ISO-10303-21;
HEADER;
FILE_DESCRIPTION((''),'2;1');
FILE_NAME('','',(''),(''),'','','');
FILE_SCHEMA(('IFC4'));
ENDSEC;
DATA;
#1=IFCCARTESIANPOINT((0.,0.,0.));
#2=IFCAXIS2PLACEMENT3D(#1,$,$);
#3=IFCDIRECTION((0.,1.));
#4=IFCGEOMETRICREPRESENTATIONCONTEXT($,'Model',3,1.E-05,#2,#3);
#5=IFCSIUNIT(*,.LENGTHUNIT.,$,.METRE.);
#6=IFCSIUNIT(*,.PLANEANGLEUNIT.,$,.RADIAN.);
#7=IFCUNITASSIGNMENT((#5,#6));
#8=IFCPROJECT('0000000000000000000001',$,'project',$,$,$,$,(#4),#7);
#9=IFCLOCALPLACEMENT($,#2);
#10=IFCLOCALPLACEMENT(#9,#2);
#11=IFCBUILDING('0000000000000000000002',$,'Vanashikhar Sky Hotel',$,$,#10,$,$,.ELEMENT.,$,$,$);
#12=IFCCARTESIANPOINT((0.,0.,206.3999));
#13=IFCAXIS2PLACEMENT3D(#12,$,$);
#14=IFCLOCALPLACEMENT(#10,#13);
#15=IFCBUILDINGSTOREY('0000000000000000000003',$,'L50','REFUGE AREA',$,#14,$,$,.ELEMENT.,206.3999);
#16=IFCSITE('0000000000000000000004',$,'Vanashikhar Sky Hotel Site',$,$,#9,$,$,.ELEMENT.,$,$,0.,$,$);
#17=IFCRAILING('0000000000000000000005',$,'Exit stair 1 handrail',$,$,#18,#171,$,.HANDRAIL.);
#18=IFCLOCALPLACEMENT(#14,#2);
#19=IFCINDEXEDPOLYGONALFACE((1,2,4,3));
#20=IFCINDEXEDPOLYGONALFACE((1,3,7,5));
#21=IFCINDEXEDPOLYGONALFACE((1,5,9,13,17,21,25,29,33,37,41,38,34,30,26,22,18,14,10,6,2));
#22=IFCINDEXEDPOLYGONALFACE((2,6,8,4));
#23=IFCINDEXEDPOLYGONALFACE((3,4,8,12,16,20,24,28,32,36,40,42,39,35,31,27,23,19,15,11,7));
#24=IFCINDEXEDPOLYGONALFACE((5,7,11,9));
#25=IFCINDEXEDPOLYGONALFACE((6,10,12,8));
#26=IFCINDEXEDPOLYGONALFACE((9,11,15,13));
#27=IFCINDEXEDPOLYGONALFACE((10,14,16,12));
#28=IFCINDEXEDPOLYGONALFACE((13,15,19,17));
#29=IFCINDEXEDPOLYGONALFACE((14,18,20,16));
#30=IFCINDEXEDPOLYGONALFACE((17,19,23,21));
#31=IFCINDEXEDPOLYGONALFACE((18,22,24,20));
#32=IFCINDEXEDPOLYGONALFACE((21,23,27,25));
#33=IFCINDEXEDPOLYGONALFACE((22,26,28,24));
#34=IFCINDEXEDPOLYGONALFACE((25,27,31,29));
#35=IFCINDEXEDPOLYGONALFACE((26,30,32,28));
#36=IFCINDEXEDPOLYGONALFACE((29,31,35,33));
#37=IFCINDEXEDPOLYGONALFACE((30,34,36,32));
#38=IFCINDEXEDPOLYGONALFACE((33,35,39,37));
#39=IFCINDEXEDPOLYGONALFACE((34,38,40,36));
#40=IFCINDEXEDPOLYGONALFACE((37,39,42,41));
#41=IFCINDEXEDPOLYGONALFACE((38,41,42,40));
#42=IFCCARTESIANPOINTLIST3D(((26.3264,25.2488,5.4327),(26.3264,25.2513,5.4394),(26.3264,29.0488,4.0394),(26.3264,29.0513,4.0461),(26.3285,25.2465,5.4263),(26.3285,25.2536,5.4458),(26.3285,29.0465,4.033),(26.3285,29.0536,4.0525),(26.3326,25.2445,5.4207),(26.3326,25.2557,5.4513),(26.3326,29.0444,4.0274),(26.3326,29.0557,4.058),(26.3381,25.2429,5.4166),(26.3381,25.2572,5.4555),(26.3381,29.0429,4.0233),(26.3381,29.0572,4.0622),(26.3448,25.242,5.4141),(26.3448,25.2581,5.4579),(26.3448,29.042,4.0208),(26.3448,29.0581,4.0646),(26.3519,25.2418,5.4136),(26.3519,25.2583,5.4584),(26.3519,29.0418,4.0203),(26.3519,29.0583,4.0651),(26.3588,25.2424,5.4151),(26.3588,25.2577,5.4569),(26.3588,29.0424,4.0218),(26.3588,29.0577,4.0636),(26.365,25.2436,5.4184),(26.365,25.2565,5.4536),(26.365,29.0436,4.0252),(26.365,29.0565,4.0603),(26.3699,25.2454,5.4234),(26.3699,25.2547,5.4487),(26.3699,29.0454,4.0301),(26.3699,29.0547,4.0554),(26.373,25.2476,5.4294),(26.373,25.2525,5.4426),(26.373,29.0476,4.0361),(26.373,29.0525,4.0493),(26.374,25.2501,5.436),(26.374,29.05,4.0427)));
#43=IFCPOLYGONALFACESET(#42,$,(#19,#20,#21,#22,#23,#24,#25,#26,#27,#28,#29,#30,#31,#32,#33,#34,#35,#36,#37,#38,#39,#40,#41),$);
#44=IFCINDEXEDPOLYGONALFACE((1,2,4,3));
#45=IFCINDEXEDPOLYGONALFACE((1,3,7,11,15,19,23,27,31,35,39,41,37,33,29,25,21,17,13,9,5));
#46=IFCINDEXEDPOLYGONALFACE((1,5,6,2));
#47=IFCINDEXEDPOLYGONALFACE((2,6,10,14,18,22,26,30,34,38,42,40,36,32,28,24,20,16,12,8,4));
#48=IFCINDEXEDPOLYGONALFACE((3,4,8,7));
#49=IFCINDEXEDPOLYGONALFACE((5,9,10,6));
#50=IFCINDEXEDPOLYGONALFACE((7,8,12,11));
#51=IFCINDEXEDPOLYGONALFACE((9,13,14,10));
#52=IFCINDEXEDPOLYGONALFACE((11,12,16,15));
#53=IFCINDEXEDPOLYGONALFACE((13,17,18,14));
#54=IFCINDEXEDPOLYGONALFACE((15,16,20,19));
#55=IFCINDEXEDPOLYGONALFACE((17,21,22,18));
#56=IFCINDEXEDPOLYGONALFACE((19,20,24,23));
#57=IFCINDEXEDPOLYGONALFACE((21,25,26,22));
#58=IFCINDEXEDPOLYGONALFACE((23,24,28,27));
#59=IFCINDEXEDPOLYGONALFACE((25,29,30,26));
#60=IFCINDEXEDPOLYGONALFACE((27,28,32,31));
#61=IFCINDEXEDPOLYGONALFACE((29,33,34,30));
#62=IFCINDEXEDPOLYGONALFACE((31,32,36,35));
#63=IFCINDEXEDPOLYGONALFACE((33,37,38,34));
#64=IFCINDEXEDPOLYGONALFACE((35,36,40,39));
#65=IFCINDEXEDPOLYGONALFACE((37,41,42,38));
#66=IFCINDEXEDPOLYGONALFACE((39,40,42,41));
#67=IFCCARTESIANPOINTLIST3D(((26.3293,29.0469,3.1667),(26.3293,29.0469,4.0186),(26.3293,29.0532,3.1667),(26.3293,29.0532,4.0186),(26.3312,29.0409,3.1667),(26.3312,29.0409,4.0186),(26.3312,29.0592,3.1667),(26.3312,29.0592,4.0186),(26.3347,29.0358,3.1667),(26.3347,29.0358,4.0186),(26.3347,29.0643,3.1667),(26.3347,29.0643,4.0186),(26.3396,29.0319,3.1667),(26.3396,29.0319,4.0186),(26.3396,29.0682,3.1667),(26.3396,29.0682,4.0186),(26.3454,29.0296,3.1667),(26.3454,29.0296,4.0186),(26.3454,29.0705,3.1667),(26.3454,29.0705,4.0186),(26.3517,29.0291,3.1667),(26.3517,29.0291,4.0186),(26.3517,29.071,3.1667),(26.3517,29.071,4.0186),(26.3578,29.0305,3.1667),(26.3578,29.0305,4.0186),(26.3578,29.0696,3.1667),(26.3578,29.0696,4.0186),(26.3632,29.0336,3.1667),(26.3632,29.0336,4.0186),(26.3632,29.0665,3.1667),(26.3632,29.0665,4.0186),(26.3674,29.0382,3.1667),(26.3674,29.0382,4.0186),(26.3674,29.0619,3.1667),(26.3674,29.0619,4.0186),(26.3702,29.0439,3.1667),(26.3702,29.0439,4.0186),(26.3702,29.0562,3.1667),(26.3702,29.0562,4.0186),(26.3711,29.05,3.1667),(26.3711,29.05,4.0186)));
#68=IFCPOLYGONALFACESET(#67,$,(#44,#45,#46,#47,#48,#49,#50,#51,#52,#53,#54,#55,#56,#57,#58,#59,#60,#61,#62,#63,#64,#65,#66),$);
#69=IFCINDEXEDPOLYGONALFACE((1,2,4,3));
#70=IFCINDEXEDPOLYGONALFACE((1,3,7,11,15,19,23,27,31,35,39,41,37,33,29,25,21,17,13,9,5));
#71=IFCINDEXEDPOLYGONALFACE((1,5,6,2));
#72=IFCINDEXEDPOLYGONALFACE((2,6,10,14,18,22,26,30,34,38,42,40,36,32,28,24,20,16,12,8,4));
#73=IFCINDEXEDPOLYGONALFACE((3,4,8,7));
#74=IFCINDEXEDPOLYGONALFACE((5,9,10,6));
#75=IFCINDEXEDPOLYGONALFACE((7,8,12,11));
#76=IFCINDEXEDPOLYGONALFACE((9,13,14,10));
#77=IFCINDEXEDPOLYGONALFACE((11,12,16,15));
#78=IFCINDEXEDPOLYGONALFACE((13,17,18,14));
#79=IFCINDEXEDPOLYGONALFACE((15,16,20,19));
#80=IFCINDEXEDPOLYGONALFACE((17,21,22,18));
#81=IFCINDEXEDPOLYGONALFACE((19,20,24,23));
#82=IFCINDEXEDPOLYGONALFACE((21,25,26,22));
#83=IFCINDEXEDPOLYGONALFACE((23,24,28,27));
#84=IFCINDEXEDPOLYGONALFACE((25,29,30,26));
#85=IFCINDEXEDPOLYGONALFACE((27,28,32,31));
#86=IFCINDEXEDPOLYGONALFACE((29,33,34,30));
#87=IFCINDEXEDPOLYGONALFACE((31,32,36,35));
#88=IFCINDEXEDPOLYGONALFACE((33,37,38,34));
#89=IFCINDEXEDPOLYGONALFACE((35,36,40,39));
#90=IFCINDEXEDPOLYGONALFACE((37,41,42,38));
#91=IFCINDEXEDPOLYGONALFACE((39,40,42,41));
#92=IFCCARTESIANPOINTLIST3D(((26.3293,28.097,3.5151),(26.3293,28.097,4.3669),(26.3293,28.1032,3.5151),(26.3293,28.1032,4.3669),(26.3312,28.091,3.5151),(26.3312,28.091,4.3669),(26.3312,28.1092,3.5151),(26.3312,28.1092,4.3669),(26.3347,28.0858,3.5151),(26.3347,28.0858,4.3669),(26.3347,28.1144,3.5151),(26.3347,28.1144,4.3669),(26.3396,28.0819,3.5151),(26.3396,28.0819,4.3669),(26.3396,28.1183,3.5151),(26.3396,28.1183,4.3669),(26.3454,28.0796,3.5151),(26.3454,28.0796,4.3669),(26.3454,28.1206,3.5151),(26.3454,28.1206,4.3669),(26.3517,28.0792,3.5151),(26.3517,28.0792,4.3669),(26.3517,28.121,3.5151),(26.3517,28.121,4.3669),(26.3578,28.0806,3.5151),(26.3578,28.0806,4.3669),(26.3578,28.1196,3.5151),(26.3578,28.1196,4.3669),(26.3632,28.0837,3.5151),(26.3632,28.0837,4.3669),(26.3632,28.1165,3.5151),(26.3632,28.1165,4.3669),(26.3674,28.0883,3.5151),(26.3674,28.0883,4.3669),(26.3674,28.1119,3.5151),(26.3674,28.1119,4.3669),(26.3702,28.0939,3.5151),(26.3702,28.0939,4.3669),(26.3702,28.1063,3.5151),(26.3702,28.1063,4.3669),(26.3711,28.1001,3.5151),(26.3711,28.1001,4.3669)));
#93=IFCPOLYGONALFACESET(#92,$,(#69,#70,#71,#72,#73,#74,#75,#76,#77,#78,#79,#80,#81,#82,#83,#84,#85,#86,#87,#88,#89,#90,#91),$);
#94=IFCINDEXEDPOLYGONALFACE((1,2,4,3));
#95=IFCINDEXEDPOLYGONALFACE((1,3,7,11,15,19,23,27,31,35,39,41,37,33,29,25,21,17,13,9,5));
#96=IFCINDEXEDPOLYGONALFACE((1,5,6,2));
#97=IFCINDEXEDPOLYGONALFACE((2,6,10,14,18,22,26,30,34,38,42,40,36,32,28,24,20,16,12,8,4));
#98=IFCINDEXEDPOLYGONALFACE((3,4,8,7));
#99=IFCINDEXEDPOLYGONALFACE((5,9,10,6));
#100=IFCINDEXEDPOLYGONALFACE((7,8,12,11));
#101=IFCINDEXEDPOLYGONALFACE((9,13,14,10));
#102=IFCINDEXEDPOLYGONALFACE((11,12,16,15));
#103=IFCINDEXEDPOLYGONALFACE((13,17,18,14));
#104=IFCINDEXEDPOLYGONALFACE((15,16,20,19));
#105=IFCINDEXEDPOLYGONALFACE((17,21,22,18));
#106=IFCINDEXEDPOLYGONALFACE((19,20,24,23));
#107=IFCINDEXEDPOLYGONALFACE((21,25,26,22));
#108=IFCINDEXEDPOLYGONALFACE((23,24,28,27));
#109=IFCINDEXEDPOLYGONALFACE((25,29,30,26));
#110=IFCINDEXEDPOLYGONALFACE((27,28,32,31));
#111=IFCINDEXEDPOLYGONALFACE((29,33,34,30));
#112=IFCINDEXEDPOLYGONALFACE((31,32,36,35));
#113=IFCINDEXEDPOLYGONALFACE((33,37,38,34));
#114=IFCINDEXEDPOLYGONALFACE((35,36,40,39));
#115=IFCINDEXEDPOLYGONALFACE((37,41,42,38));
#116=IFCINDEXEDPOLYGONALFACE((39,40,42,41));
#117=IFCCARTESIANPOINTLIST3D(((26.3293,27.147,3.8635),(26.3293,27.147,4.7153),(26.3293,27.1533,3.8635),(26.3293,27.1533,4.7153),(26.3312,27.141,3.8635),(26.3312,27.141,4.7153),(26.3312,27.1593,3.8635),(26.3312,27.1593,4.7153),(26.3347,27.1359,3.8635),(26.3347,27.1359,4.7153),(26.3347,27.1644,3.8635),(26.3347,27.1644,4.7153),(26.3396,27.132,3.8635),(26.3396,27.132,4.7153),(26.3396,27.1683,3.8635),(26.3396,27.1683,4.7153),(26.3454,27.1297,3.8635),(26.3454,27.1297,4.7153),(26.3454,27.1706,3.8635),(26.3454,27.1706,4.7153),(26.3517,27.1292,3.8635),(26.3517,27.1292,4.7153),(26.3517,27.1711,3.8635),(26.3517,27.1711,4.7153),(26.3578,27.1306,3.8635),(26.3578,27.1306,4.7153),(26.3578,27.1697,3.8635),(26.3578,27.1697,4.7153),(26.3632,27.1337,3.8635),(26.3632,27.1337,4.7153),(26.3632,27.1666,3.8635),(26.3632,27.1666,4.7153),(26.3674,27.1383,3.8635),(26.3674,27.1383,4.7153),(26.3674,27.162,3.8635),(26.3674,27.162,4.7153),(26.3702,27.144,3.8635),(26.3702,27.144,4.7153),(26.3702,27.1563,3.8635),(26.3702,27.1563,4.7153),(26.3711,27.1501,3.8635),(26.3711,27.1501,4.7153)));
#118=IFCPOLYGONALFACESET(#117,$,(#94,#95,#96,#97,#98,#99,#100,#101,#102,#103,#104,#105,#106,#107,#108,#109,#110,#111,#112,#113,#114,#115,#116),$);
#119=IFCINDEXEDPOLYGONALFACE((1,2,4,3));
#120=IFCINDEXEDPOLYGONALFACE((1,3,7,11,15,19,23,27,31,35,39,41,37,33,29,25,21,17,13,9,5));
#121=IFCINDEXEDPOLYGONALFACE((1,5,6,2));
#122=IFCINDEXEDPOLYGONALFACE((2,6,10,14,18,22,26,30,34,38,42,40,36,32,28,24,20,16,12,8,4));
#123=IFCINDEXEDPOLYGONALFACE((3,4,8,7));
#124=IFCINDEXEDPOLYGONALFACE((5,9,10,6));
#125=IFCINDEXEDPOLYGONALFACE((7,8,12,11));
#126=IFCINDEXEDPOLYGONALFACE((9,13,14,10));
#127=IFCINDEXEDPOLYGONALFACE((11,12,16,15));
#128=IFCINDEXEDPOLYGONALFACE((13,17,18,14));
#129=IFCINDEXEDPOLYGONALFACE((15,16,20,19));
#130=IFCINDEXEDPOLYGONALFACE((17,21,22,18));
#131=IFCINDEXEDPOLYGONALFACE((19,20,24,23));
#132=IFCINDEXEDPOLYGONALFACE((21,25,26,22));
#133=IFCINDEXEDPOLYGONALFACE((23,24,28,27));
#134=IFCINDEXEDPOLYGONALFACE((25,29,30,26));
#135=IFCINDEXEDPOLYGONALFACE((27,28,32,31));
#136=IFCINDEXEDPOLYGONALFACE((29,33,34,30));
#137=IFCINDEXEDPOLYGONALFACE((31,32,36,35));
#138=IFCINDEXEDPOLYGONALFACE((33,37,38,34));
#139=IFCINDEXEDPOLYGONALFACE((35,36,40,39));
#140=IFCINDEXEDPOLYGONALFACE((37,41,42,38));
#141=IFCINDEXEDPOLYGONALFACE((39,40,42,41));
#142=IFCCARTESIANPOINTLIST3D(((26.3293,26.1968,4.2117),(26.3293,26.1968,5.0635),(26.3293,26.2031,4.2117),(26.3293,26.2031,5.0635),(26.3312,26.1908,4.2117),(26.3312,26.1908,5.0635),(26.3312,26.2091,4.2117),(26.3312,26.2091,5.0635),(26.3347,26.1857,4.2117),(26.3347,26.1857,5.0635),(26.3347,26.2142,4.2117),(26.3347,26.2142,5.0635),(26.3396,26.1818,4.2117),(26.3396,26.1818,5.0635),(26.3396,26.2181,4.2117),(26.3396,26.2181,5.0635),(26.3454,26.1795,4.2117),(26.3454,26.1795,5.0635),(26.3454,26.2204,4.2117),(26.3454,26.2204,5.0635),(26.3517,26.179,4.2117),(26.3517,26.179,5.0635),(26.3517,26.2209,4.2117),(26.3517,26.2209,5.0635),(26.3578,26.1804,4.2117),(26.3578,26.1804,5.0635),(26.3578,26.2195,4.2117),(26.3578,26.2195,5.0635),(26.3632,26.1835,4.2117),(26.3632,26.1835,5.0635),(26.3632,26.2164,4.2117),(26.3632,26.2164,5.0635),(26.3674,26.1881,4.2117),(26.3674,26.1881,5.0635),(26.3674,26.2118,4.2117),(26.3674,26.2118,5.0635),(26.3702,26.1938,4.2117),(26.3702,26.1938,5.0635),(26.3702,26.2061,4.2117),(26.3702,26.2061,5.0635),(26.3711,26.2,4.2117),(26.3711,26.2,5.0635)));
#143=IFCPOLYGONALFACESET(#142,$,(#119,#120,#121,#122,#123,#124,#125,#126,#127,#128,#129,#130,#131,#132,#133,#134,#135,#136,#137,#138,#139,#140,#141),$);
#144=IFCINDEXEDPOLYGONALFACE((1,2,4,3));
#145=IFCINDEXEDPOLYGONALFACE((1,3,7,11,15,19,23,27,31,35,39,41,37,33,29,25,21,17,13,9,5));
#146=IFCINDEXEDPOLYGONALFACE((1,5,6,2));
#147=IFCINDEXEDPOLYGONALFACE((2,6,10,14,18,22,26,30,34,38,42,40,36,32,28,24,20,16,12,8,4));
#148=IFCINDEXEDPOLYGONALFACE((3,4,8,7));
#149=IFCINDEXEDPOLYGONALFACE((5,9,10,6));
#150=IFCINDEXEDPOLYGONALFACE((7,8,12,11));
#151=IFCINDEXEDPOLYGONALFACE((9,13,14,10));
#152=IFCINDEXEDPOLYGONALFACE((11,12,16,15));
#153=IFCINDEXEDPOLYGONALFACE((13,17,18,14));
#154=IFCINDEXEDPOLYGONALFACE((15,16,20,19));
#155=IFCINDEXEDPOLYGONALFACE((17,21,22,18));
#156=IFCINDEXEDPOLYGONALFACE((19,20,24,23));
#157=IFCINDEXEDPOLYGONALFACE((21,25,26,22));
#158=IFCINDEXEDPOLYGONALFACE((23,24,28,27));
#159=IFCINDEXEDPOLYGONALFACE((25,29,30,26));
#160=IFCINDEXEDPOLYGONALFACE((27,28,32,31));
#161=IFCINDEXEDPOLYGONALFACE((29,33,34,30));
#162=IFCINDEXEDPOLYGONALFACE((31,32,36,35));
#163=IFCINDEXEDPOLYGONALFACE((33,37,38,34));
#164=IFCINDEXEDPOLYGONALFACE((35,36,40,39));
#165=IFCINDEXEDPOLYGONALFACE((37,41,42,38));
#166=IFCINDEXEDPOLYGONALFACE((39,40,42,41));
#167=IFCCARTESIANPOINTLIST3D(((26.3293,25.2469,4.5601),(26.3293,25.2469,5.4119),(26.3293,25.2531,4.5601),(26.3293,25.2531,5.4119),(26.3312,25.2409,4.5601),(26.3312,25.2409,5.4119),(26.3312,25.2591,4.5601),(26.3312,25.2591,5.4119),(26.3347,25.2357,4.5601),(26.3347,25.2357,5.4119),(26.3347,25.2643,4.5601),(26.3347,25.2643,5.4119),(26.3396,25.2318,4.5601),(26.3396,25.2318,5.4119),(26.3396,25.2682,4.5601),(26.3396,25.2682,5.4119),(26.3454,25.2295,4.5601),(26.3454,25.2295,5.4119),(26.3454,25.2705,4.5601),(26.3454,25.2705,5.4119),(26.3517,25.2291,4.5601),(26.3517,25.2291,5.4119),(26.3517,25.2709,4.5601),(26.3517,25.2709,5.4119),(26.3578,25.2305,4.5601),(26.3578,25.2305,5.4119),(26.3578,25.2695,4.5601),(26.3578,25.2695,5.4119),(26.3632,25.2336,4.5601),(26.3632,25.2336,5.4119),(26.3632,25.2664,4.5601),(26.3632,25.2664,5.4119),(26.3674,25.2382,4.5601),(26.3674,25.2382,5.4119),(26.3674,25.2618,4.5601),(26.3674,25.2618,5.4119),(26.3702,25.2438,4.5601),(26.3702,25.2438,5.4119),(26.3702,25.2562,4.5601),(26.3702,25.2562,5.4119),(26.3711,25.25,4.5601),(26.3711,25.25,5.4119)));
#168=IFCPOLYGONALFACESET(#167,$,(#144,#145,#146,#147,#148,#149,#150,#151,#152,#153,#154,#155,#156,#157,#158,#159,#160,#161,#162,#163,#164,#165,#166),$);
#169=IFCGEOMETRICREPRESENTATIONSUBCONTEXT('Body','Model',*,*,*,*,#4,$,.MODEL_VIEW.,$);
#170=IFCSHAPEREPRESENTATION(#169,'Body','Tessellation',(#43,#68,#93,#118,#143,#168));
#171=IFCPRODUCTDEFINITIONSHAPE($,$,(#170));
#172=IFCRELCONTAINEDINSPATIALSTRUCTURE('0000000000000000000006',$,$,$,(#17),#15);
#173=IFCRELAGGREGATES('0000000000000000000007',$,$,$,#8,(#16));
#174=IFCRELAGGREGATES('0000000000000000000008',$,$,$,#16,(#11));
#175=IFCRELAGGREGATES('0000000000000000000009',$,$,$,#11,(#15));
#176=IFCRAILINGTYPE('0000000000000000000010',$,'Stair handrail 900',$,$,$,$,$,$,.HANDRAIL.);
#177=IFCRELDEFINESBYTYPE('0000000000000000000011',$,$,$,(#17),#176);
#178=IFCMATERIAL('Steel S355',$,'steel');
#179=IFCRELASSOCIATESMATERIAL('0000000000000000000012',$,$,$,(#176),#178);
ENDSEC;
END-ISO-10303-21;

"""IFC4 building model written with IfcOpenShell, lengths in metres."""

from ifc_helpers import new_model, si_unit, direction, frame, origin, origin_2d, place, context, subcontext, project, spatial, circle, extrude, source, transform, mapped, material, type_object, element, save


model = new_model("IFC4")

# Units and contexts
model_context = context("Model", 3, precision=1e-05, world=origin(), true_north=direction((0.0, 1.0)))
body_context = subcontext(model_context, "Body", "Model", "MODEL_VIEW")
ifc_project = project(units=[si_unit("LENGTHUNIT", "METRE"), si_unit("PLANEANGLEUNIT", "RADIAN")], contexts=[model_context])

# Site, building, storey
site_placement = place(None, origin())
site = spatial("IfcSite", under=ifc_project, at=site_placement, Name="Vanashikhar Sky Hotel Site", CompositionType="ELEMENT", RefElevation=0.0)
building_placement = place(site_placement, origin())
building = spatial("IfcBuilding", under=site, at=building_placement, Name="Vanashikhar Sky Hotel", CompositionType="ELEMENT")
storey_placement = place(building_placement, frame((0.0, 0.0, 206.3999)))
storey = spatial("IfcBuildingStorey", under=building, at=storey_placement, Name="L50", Description="REFUGE AREA", CompositionType="ELEMENT", Elevation=206.3999)

# Railing
ifc_material_1 = material(Name="Steel S355", Category="steel")
railing_type_1 = type_object("IfcRailingType", Name="Stair handrail 900", PredefinedType="HANDRAIL", material=ifc_material_1)
shared_shape_1 = source(origin(), body_context, "Body", "SweptSolid", [
    extrude(circle(Radius=0.0239, at=origin_2d()), frame((0.0, 0.0, 0.876), z_axis=(0.0, -0.93888, 0.344246), x_axis=(1.0, 0.0, 0.0)), (0.0, 0.0, 1.0), 4.0474),
    extrude(circle(Radius=0.021, at=origin_2d()), origin(), (0.0, 0.0, 1.0), 0.8518),
    extrude(circle(Radius=0.021, at=origin_2d()), frame((0.0, -0.95, 0.3484)), (0.0, 0.0, 1.0), 0.8518),
    extrude(circle(Radius=0.021, at=origin_2d()), frame((0.0, -1.8999, 0.6968)), (0.0, 0.0, 1.0), 0.8518),
    extrude(circle(Radius=0.021, at=origin_2d()), frame((0.0, -2.8501, 1.0449)), (0.0, 0.0, 1.0), 0.8518),
    extrude(circle(Radius=0.021, at=origin_2d()), frame((0.0, -3.8, 1.3933)), (0.0, 0.0, 1.0), 0.8518),
])
for number, where, name in (
    (1, (26.3501, 29.05, 3.1667), "Exit stair 1 handrail"),
):
    element("IfcRailing", number, at=place(storey_placement, frame(where)), inside=storey, type_object=railing_type_1, Name=name, PredefinedType="HANDRAIL", context=body_context, shape_type="MappedRepresentation", body=[
        mapped(shared_shape_1, transform((0.0, 0.0, 0.0), scale=1.0)),
    ])

save(model, "model.ifc")
